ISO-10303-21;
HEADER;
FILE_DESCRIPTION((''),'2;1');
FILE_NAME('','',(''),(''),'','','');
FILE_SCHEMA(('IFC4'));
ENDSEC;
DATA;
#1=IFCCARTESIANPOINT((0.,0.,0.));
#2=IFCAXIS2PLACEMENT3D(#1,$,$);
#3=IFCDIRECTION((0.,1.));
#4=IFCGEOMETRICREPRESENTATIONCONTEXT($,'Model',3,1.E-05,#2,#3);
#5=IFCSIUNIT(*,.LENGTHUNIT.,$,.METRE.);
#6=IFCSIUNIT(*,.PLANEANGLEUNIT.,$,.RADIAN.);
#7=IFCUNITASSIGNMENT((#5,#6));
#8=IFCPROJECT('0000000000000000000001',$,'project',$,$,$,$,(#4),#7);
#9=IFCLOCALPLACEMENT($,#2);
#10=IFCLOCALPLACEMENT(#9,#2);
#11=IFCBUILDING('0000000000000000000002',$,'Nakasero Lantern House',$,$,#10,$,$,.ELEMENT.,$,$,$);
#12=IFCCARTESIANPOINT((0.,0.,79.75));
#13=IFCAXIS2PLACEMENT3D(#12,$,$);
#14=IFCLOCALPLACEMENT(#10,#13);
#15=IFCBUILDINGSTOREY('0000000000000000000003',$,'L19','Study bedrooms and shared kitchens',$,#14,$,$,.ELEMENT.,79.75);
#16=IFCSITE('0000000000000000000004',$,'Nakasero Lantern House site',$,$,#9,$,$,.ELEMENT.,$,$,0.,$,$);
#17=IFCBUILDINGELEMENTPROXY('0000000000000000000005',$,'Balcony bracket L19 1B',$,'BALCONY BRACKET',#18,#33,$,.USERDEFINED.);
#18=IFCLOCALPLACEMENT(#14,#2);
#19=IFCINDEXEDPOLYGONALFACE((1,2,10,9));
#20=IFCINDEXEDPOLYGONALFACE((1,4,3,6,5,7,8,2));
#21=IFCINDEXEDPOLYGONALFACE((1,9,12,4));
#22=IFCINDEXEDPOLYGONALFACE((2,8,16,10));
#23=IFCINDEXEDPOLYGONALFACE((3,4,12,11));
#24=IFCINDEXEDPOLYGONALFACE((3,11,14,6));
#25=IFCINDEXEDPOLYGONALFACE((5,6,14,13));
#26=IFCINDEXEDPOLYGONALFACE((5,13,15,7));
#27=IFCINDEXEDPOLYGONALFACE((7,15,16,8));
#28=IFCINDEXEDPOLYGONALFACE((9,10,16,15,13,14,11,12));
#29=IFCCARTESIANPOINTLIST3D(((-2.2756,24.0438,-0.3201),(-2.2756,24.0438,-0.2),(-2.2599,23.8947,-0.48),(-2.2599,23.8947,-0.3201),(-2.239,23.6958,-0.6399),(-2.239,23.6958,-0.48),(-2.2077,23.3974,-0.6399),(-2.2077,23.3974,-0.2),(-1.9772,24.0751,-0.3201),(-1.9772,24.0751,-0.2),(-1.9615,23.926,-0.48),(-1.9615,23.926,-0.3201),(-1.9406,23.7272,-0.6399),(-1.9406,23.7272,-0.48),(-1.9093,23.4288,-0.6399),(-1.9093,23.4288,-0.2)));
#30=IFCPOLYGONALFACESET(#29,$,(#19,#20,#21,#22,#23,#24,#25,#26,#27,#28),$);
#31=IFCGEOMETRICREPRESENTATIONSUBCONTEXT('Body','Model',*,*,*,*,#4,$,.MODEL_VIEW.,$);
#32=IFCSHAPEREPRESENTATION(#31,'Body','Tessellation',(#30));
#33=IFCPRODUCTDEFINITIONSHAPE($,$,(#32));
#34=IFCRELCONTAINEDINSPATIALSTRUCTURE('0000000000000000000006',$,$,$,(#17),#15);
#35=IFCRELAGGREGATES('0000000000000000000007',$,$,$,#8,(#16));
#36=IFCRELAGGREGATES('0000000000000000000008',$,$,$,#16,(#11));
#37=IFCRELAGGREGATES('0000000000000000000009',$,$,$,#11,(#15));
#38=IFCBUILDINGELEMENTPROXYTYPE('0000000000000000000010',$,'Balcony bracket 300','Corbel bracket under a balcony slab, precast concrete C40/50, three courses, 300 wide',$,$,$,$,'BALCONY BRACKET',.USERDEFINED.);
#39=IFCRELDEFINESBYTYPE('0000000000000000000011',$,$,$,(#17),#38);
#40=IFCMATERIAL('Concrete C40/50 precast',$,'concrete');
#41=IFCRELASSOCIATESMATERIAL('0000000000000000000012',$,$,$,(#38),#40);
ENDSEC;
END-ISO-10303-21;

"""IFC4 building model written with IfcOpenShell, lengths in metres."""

from ifc_helpers import new_model, si_unit, direction, frame, origin, place, context, subcontext, project, spatial, polyline, outline, extrude, material, type_object, element, save


model = new_model("IFC4")

# Units and contexts
model_context = context("Model", 3, precision=1e-05, world=origin(), true_north=direction((0.0, 1.0)))
body_context = subcontext(model_context, "Body", "Model", "MODEL_VIEW")
ifc_project = project(units=[si_unit("LENGTHUNIT", "METRE"), si_unit("PLANEANGLEUNIT", "RADIAN")], contexts=[model_context])

# Site, building, storey
site_placement = place(None, origin())
site = spatial("IfcSite", under=ifc_project, at=site_placement, Name="Nakasero Lantern House site", CompositionType="ELEMENT", RefElevation=0.0)
building_placement = place(site_placement, origin())
building = spatial("IfcBuilding", under=site, at=building_placement, Name="Nakasero Lantern House", CompositionType="ELEMENT")
storey_placement = place(building_placement, frame((0.0, 0.0, 79.75)))
storey = spatial("IfcBuildingStorey", under=building, at=storey_placement, Name="L19", Description="Study bedrooms and shared kitchens", CompositionType="ELEMENT", Elevation=79.75)

# Building element proxy
ifc_material_1 = material(Name="Concrete C40/50 precast", Category="concrete")
building_element_proxy_type = type_object("IfcBuildingElementProxyType", Name="Balcony bracket 300", Description="Corbel bracket under a balcony slab, precast concrete C40/50, three courses, 300 wide", ElementType="BALCONY BRACKET", PredefinedType="USERDEFINED", material=ifc_material_1)
for number, where, z_axis, x_axis, name in (
    (1, (-2.0586, 23.4131, -0.2), (0.0, 0.0, 1.0), (-0.104528, 0.994522, 0.0), "Balcony bracket L19 1B"),
):
    element("IfcBuildingElementProxy", number, at=place(storey_placement, frame(where, z_axis=z_axis, x_axis=x_axis)), inside=storey, type_object=building_element_proxy_type, Name=name, ObjectType="BALCONY BRACKET", PredefinedType="USERDEFINED", context=body_context, shape_type="SweptSolid", body=[
        extrude(outline(polyline([(0.0, 0.0), (0.6499, 0.0), (0.6499, -0.1201), (0.5, -0.1201), (0.5, -0.28), (0.3, -0.28), (0.3, -0.4399), (0.0, -0.4399), (0.0, 0.0)])), frame((0.0, 0.1499, 0.0), z_axis=(0.0, -1.0, 0.0), x_axis=(1.0, 0.0, 0.0)), (0.0, 0.0, 1.0), 0.3),
    ])

save(model, "model.ifc")
